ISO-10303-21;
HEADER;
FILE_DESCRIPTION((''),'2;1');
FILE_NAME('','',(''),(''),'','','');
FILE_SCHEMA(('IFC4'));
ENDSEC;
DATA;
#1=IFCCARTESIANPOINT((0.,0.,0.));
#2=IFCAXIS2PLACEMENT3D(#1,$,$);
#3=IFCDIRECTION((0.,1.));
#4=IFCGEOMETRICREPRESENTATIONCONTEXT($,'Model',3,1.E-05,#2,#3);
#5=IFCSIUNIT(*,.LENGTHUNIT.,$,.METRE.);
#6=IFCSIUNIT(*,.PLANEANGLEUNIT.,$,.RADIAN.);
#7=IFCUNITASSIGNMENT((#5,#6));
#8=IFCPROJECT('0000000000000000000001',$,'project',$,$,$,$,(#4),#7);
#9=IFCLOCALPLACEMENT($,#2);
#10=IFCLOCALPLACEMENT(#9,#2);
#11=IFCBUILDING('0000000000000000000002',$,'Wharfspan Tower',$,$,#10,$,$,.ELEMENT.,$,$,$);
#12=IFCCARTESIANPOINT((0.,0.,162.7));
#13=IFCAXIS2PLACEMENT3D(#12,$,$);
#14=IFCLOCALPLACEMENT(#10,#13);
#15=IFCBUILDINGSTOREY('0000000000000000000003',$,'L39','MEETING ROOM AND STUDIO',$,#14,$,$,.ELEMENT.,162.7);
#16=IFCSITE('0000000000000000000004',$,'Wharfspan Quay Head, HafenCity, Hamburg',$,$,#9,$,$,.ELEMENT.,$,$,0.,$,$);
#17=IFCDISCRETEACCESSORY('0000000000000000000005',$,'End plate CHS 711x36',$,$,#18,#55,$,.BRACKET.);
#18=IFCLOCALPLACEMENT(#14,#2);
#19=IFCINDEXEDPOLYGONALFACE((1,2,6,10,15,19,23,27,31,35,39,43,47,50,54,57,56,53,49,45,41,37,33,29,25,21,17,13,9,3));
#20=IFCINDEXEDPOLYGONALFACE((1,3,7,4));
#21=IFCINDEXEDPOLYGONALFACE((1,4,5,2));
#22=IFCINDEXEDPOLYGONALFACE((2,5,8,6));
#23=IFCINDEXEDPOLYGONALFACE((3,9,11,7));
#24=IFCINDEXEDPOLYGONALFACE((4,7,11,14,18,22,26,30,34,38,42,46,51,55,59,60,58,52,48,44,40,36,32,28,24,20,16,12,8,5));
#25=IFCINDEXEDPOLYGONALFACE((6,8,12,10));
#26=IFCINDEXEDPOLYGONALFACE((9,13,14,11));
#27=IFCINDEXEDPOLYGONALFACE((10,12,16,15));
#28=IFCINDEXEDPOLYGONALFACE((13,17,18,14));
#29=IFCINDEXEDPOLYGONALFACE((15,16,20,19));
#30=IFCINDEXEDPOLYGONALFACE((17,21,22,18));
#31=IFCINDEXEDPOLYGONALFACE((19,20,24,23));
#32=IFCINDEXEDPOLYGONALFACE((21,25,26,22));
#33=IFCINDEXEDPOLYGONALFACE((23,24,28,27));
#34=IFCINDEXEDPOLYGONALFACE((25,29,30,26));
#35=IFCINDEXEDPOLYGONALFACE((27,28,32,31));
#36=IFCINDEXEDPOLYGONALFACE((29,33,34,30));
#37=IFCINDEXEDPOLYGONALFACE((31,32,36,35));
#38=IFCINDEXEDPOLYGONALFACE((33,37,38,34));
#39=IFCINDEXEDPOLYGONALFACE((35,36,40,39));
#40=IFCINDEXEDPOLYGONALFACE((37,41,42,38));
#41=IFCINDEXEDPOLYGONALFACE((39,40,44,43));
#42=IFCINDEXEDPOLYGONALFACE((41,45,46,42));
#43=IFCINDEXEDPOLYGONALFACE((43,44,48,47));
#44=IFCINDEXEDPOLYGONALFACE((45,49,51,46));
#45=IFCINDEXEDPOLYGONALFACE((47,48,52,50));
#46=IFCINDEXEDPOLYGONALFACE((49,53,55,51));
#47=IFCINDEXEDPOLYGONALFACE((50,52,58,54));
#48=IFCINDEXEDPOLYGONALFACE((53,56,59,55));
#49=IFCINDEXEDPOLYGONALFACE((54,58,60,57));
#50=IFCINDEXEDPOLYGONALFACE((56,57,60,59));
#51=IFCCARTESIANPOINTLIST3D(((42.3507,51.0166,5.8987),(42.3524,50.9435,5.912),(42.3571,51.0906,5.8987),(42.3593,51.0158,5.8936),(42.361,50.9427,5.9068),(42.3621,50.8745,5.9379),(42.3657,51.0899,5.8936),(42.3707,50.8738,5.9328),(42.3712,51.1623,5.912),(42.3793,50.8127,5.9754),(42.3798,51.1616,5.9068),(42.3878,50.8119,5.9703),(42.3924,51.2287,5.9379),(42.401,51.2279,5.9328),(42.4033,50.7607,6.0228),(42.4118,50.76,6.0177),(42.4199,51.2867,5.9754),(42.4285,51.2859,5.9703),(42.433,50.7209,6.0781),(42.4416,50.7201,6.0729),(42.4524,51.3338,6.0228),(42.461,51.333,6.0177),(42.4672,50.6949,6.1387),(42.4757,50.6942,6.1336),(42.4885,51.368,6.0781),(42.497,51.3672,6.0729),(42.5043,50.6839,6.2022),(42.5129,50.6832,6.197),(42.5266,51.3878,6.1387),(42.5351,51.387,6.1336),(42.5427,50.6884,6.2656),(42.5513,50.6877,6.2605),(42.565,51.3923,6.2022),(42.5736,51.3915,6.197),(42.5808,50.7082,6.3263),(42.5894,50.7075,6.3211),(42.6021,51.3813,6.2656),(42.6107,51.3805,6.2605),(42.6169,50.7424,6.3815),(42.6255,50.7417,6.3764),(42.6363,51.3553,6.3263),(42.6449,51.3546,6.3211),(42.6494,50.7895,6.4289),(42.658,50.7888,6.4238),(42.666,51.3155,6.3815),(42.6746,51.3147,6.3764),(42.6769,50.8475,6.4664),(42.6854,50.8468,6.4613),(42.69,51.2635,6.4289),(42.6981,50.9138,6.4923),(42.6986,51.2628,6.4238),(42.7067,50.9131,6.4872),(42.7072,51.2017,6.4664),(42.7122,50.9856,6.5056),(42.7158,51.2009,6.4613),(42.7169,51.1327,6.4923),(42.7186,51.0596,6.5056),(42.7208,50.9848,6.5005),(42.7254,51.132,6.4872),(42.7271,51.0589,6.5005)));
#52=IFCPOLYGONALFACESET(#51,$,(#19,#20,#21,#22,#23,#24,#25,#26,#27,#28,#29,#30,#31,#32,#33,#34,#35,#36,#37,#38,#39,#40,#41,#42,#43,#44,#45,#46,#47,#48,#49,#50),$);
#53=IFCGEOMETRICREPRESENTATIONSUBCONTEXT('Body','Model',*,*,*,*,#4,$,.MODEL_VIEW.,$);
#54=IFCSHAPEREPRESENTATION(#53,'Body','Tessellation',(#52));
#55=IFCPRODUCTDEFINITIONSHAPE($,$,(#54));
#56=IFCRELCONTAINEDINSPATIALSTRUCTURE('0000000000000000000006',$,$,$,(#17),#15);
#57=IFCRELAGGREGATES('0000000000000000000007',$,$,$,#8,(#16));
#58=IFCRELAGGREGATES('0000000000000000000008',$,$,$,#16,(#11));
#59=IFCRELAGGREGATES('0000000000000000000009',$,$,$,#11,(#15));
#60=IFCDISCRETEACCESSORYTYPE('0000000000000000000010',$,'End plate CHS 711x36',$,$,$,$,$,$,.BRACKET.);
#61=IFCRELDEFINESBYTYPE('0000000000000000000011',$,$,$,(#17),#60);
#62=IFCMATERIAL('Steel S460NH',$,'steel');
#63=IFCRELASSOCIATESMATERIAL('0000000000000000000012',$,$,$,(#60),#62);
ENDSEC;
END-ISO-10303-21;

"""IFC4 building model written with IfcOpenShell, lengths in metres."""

from ifc_helpers import new_model, si_unit, direction, frame, origin, origin_2d, place, context, subcontext, project, spatial, circle, extrude, material, material_profile, profile_set, type_object, element, save


model = new_model("IFC4")

# Units and contexts
model_context = context("Model", 3, precision=1e-05, world=origin(), true_north=direction((0.0, 1.0)))
body_context = subcontext(model_context, "Body", "Model", "MODEL_VIEW")
ifc_project = project(units=[si_unit("LENGTHUNIT", "METRE"), si_unit("PLANEANGLEUNIT", "RADIAN")], contexts=[model_context])

# Site, building, storey
site_placement = place(None, origin())
site = spatial("IfcSite", under=ifc_project, at=site_placement, Name="Wharfspan Quay Head, HafenCity, Hamburg", CompositionType="ELEMENT", RefElevation=0.0)
building_placement = place(site_placement, origin())
building = spatial("IfcBuilding", under=site, at=building_placement, Name="Wharfspan Tower", CompositionType="ELEMENT")
storey_placement = place(building_placement, frame((0.0, 0.0, 162.7)))
storey = spatial("IfcBuildingStorey", under=building, at=storey_placement, Name="L39", Description="MEETING ROOM AND STUDIO", CompositionType="ELEMENT", Elevation=162.7)

# Shared definitions
ifc_material_1 = material(Name="Steel S460NH", Category="steel")

# Discrete accessory
ifc_material_profile_1 = material_profile(ifc_material_1, circle(Radius=0.3555, at=origin_2d()))
ifc_profile_set_1 = profile_set([ifc_material_profile_1], Name="Steel S460NH")
discrete_accessory_type = type_object("IfcDiscreteAccessoryType", Name="End plate CHS 711x36", PredefinedType="BRACKET", material=ifc_profile_set_1)
for number, where, z_axis, x_axis, name in (
    (1, (42.5432, 51.0374, 6.197), (-0.855186, 0.073302, 0.513112), (-0.085402, -0.996345, -0.000001), "End plate CHS 711x36"),
):
    element("IfcDiscreteAccessory", number, at=place(storey_placement, frame(where, z_axis=z_axis, x_axis=x_axis)), inside=storey, type_object=discrete_accessory_type, Name=name, PredefinedType="BRACKET", context=body_context, shape_type="SweptSolid", body=[
        extrude(circle(Radius=0.3555, at=origin_2d()), origin(), (0.0, 0.0, 1.0), 0.01),
    ])

save(model, "model.ifc")
